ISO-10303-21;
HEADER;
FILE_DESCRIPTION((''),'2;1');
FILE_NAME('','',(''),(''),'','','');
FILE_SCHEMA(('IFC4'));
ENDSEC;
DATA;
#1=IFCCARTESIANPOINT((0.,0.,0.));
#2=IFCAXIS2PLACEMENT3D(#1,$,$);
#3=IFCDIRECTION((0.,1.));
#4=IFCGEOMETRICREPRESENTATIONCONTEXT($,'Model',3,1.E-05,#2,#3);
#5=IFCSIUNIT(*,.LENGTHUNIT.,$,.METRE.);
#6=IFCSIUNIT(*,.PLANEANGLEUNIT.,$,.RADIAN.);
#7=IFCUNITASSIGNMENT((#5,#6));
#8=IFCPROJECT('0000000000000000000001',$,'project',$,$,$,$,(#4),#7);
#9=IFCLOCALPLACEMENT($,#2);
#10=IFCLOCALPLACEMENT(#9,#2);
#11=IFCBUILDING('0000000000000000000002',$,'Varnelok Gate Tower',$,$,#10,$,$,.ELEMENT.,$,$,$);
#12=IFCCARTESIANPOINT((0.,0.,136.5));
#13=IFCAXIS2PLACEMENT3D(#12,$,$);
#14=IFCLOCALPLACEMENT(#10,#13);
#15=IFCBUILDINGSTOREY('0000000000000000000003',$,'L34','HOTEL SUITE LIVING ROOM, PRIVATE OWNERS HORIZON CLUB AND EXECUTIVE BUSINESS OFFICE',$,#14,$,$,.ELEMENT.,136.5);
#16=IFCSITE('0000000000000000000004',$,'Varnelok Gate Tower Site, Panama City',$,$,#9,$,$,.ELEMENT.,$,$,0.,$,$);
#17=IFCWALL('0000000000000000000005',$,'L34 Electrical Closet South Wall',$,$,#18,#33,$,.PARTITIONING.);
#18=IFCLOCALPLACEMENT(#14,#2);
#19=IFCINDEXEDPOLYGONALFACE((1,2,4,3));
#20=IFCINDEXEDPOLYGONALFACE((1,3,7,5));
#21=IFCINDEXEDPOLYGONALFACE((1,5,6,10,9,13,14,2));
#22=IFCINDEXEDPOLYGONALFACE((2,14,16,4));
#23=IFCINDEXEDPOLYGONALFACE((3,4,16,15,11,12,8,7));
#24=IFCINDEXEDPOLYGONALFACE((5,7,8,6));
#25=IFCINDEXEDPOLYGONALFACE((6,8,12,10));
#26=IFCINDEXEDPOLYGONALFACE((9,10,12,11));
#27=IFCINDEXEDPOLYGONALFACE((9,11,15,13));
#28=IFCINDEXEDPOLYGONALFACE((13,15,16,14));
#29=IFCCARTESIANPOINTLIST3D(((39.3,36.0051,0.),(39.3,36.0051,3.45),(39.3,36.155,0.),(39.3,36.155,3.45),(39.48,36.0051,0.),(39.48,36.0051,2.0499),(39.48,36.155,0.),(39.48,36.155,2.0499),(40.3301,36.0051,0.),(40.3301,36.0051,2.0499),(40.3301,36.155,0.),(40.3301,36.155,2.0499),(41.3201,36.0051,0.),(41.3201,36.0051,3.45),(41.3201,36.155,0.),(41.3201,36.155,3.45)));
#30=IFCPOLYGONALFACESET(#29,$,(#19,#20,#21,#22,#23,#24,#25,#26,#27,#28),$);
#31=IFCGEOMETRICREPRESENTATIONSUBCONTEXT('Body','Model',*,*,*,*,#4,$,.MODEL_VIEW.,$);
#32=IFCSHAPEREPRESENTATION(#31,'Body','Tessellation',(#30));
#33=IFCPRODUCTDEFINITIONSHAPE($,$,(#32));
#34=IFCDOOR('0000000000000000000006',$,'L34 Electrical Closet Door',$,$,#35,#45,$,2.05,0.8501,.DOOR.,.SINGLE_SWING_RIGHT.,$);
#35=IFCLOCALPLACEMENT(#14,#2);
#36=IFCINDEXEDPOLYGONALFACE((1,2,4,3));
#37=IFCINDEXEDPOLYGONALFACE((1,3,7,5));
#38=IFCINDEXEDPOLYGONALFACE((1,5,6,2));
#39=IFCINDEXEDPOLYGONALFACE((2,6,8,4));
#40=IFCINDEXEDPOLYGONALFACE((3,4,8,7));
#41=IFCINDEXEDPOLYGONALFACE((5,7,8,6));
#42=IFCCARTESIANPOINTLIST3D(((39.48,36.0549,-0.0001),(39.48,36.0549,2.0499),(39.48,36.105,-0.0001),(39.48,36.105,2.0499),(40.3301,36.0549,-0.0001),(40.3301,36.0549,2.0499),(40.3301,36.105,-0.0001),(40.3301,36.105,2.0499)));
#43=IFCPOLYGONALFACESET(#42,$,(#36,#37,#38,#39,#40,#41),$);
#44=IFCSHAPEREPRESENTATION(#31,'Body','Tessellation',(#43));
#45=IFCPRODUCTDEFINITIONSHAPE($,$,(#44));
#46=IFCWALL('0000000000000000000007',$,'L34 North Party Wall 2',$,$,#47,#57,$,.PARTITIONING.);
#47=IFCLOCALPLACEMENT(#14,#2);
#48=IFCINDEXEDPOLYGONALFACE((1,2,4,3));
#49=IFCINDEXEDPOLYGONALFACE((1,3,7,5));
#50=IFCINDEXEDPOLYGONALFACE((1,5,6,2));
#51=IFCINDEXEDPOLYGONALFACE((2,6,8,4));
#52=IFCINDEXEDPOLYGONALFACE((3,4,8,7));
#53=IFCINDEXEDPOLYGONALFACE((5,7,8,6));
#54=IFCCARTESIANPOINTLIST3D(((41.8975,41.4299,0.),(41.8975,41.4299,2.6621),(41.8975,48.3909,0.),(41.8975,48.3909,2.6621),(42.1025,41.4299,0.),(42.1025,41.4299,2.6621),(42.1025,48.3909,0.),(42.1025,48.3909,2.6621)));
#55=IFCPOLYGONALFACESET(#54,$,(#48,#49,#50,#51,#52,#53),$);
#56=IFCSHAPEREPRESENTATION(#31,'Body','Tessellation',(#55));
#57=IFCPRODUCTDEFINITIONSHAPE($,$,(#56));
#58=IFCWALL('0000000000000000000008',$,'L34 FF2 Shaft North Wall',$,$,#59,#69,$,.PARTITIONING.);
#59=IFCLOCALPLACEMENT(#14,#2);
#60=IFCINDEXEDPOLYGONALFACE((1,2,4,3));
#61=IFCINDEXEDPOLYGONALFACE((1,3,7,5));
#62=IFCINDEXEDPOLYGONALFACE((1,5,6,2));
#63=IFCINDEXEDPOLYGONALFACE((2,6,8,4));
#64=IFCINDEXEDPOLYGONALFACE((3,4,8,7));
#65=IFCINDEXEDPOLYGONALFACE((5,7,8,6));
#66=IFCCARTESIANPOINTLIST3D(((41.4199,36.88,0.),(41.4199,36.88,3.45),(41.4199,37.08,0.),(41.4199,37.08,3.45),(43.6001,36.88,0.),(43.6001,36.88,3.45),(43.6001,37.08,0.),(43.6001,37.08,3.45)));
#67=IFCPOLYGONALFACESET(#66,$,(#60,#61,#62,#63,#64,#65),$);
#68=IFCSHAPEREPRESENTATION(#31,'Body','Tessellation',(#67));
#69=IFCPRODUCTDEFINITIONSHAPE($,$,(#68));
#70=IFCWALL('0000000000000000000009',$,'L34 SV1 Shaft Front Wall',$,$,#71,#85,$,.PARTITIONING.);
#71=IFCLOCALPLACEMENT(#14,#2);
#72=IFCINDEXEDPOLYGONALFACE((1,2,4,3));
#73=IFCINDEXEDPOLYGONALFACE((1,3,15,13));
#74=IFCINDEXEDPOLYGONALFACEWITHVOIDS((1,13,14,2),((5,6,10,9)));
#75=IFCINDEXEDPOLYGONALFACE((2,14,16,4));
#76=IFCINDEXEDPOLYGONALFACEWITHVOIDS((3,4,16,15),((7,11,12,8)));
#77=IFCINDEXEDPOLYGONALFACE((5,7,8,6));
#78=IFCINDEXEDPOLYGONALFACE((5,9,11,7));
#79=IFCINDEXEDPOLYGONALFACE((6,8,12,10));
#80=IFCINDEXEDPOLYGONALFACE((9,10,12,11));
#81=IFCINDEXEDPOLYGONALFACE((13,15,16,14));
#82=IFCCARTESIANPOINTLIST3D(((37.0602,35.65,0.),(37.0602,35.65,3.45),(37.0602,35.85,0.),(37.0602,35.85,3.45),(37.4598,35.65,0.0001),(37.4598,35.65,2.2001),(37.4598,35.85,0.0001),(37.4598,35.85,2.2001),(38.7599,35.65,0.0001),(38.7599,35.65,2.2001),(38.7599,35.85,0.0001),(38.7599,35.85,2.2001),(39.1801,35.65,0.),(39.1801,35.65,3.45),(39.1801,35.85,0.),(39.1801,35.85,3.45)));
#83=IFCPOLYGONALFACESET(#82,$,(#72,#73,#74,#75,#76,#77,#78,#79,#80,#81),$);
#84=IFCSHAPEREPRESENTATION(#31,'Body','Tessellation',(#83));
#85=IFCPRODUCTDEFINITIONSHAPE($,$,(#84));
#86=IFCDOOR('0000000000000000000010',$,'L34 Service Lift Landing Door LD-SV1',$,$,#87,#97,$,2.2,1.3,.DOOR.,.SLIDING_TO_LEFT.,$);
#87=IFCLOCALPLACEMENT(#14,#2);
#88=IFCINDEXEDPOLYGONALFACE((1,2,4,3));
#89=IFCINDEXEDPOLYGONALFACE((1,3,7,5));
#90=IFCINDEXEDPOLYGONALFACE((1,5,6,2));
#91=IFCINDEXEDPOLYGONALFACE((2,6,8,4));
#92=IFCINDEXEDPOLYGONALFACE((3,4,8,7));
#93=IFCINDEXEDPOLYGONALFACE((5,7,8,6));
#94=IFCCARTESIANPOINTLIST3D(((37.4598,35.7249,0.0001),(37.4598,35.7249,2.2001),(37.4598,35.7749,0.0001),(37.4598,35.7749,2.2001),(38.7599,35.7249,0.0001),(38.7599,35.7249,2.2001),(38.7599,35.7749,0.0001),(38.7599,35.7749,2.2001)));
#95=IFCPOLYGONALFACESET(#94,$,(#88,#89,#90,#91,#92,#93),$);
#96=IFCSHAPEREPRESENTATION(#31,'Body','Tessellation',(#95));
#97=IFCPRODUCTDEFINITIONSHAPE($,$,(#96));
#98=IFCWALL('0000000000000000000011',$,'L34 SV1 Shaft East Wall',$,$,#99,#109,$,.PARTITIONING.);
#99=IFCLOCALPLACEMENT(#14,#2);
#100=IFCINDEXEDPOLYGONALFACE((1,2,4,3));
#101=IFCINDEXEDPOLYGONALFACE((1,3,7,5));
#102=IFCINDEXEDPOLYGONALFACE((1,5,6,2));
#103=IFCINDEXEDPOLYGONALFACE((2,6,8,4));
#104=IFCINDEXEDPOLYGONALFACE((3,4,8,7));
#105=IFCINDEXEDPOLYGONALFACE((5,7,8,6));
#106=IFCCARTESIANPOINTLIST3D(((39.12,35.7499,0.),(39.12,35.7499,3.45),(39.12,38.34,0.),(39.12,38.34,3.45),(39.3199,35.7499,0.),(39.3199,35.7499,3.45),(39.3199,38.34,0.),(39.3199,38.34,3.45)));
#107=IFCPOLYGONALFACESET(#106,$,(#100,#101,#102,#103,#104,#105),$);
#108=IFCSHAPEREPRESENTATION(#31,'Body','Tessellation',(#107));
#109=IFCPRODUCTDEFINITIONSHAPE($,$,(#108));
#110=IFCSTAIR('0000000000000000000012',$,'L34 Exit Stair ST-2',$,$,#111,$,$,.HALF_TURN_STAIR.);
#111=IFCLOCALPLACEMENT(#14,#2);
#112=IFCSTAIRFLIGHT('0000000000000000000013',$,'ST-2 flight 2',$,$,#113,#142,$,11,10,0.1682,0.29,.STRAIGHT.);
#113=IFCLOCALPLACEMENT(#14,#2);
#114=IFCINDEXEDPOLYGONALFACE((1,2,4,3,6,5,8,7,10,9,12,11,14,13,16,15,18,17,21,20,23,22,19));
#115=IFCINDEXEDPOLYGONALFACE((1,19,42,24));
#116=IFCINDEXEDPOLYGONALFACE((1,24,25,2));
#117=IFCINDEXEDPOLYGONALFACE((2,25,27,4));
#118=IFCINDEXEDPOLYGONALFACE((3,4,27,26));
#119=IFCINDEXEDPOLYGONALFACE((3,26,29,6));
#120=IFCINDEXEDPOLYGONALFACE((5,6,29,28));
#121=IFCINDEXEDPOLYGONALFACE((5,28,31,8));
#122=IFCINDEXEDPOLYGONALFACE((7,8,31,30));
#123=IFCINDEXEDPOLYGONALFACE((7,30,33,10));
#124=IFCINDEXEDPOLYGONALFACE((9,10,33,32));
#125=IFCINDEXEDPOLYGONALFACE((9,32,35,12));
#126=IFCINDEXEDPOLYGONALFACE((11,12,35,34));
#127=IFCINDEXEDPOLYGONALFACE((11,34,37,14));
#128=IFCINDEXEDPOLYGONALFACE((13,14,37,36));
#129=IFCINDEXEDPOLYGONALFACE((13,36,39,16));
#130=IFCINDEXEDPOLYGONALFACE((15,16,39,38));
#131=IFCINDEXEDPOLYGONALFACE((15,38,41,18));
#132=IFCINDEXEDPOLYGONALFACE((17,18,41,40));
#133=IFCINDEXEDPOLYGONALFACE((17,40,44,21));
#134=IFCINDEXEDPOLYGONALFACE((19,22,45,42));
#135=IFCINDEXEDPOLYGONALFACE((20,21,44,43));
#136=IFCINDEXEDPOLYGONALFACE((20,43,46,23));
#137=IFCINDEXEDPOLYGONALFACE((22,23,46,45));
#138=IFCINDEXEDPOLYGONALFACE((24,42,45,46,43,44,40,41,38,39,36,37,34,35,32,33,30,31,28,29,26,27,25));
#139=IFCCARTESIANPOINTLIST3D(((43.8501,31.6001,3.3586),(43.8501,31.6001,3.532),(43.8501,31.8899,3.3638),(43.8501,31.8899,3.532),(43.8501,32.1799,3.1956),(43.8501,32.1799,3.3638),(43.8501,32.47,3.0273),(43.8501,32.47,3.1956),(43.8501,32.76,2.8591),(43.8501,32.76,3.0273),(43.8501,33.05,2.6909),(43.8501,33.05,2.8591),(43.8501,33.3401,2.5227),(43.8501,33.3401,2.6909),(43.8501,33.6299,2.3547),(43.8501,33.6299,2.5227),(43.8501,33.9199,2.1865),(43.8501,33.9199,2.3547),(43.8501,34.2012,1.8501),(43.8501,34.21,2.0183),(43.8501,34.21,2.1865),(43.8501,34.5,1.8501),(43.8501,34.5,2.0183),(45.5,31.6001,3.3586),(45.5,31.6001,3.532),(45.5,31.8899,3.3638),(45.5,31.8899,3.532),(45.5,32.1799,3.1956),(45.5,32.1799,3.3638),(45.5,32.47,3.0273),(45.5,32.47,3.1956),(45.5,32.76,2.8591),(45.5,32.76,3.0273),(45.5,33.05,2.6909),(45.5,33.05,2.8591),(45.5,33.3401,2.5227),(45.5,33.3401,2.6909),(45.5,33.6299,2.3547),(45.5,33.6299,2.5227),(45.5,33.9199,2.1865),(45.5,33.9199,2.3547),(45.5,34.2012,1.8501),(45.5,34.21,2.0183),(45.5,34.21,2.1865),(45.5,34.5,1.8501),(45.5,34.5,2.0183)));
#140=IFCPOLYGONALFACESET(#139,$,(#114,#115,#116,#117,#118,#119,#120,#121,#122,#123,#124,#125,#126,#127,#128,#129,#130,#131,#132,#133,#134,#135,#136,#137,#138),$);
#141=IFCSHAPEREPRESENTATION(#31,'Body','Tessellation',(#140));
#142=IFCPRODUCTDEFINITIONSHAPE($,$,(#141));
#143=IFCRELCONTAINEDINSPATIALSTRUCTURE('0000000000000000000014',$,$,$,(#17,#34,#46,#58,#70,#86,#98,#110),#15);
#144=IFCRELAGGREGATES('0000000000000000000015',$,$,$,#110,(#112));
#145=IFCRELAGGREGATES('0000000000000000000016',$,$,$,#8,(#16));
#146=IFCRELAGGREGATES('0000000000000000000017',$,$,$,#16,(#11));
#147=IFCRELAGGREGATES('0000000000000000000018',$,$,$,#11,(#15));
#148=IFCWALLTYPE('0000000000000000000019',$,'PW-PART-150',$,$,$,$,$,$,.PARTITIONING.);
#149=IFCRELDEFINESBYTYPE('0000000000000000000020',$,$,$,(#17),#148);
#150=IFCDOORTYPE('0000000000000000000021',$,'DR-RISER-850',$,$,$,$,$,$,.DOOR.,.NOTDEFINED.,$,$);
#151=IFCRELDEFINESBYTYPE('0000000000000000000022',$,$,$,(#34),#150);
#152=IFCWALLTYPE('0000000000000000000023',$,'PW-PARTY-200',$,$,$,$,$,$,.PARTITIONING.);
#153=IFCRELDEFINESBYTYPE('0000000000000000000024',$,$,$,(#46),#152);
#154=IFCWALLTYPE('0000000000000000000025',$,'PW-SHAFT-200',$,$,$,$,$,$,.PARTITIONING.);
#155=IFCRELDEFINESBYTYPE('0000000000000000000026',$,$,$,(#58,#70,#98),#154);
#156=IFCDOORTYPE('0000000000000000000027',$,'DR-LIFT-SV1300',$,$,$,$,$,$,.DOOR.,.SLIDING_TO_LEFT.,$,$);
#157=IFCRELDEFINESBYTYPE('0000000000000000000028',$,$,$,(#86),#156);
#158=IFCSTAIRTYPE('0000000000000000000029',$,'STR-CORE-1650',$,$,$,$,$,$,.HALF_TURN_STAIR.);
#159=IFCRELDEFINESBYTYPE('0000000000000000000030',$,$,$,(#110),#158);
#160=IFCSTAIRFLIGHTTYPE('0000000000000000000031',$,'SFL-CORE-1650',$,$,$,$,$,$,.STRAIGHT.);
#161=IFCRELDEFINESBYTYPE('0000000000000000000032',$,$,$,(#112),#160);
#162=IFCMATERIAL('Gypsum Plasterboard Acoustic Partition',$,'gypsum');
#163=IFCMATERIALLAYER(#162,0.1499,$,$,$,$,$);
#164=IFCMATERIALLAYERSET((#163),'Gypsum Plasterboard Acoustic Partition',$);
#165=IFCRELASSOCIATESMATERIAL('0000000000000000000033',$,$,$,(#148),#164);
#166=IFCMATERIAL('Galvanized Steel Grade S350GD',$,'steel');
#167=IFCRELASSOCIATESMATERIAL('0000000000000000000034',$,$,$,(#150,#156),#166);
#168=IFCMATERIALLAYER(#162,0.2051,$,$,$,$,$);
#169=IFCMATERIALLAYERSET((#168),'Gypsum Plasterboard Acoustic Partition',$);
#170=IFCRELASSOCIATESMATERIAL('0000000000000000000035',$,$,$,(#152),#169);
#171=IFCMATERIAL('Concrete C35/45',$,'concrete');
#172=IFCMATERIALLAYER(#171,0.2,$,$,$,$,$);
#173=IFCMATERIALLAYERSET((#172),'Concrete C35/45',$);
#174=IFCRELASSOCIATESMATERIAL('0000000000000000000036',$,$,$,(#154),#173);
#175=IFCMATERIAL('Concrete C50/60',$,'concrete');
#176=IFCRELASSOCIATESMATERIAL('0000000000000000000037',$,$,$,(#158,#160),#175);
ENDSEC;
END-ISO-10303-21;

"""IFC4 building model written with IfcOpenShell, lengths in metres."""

from ifc_helpers import new_model, si_unit, direction, frame, frame_2d, origin, place, context, subcontext, project, spatial, polyline, rectangle, outline, extrude, material, layer, layer_set, type_object, element, fill, aggregate, save


model = new_model("IFC4")

# Units and contexts
model_context = context("Model", 3, precision=1e-05, world=origin(), true_north=direction((0.0, 1.0)))
body_context = subcontext(model_context, "Body", "Model", "MODEL_VIEW")
ifc_project = project(units=[si_unit("LENGTHUNIT", "METRE"), si_unit("PLANEANGLEUNIT", "RADIAN")], contexts=[model_context])

# Site, building, storey
site_placement = place(None, origin())
site = spatial("IfcSite", under=ifc_project, at=site_placement, Name="Varnelok Gate Tower Site, Panama City", CompositionType="ELEMENT", RefElevation=0.0)
building_placement = place(site_placement, origin())
building = spatial("IfcBuilding", under=site, at=building_placement, Name="Varnelok Gate Tower", CompositionType="ELEMENT")
storey_placement = place(building_placement, frame((0.0, 0.0, 136.5)))
storey = spatial("IfcBuildingStorey", under=building, at=storey_placement, Name="L34", Description="HOTEL SUITE LIVING ROOM, PRIVATE OWNERS HORIZON CLUB AND EXECUTIVE BUSINESS OFFICE", CompositionType="ELEMENT", Elevation=136.5)

# Wall, opening, door
ifc_material_1 = material(Name="Gypsum Plasterboard Acoustic Partition", Category="gypsum")
ifc_layer_1 = layer(ifc_material_1, 0.1499)
ifc_layer_set_1 = layer_set([ifc_layer_1], Name="Gypsum Plasterboard Acoustic Partition")
wall_type_1 = type_object("IfcWallType", Name="PW-PART-150", PredefinedType="PARTITIONING", material=ifc_layer_set_1)
wall_1_placement = place(storey_placement, frame((39.3, 36.0801, 0.0), z_axis=(0.0, 0.0, 1.0), x_axis=(1.0, 0.0, 0.0)))
wall_1 = element("IfcWall", 1, at=wall_1_placement, inside=storey, type_object=wall_type_1, Name="L34 Electrical Closet South Wall", PredefinedType="PARTITIONING", context=body_context, shape_type="SweptSolid", body=[
    extrude(rectangle(XDim=2.02, YDim=0.1499, at=frame_2d((1.01, 0.0))), origin(), (0.0, 0.0, 1.0), 3.45),
])
opening_1_placement = place(wall_1_placement, frame((0.1799, 0.0, 0.0)))
opening_1 = element("IfcOpeningElement", 2, at=opening_1_placement, cuts=wall_1, PredefinedType="OPENING", context=body_context, shape_type="SweptSolid", body=[
    extrude(rectangle(XDim=0.8501, YDim=2.05, at=frame_2d((0.425, 1.0249))), frame((0.0, 0.085, 0.0), z_axis=(0.0, -1.0, 0.0), x_axis=(1.0, 0.0, 0.0)), (0.0, 0.0, 1.0), 0.1699),
])
ifc_material_2 = material(Name="Galvanized Steel Grade S350GD", Category="steel")
door_type_1 = type_object("IfcDoorType", Name="DR-RISER-850", OperationType="NOTDEFINED", PredefinedType="DOOR", material=ifc_material_2)
door_1_placement = place(opening_1_placement, origin())
door_1 = element("IfcDoor", 3, at=door_1_placement, inside=storey, type_object=door_type_1, Name="L34 Electrical Closet Door", OperationType="SINGLE_SWING_RIGHT", OverallHeight=2.05, OverallWidth=0.8501, PredefinedType="DOOR", context=body_context, shape_type="SweptSolid", body=[
    extrude(rectangle(XDim=0.8501, YDim=2.05, at=frame_2d((0.425, 1.0249))), frame((0.0, 0.0249, 0.0), z_axis=(0.0, -1.0, 0.0), x_axis=(1.0, 0.0, 0.0)), (0.0, 0.0, 1.0), 0.05),
])
fill(opening_1, door_1)

# Walls
ifc_layer_2 = layer(ifc_material_1, 0.2051)
ifc_layer_set_2 = layer_set([ifc_layer_2], Name="Gypsum Plasterboard Acoustic Partition")
wall_type_2 = type_object("IfcWallType", Name="PW-PARTY-200", PredefinedType="PARTITIONING", material=ifc_layer_set_2)
wall_2_placement = place(storey_placement, frame((42.0, 41.4299, 0.0), z_axis=(0.0, 0.0, 1.0), x_axis=(0.0, 1.0, 0.0)))
element("IfcWall", 4, at=wall_2_placement, inside=storey, type_object=wall_type_2, Name="L34 North Party Wall 2", PredefinedType="PARTITIONING", context=body_context, shape_type="SweptSolid", body=[
    extrude(rectangle(XDim=6.9609, YDim=0.2051, at=frame_2d((3.4805, 0.0))), origin(), (0.0, 0.0, 1.0), 2.6621),
])
ifc_material_3 = material(Name="Concrete C35/45", Category="concrete")
ifc_layer_3 = layer(ifc_material_3, 0.2)
ifc_layer_set_3 = layer_set([ifc_layer_3], Name="Concrete C35/45")
wall_type_3 = type_object("IfcWallType", Name="PW-SHAFT-200", PredefinedType="PARTITIONING", material=ifc_layer_set_3)
wall_3_placement = place(storey_placement, frame((41.4199, 36.98, 0.0), z_axis=(0.0, 0.0, 1.0), x_axis=(1.0, 0.0, 0.0)))
element("IfcWall", 5, at=wall_3_placement, inside=storey, type_object=wall_type_3, Name="L34 FF2 Shaft North Wall", PredefinedType="PARTITIONING", context=body_context, shape_type="SweptSolid", body=[
    extrude(rectangle(XDim=2.1802, YDim=0.2, at=frame_2d((1.0901, 0.0))), origin(), (0.0, 0.0, 1.0), 3.45),
])

# Wall, opening, door
wall_4_placement = place(storey_placement, frame((37.0601, 35.75, 0.0), z_axis=(0.0, 0.0, 1.0), x_axis=(1.0, 0.0, 0.0)))
wall_4 = element("IfcWall", 6, at=wall_4_placement, inside=storey, type_object=wall_type_3, Name="L34 SV1 Shaft Front Wall", PredefinedType="PARTITIONING", context=body_context, shape_type="SweptSolid", body=[
    extrude(rectangle(XDim=2.1199, YDim=0.2, at=frame_2d((1.0601, 0.0))), origin(), (0.0, 0.0, 1.0), 3.45),
])
opening_2_placement = place(wall_4_placement, frame((0.3999, 0.0, 0.0)))
opening_2 = element("IfcOpeningElement", 7, at=opening_2_placement, cuts=wall_4, PredefinedType="OPENING", context=body_context, shape_type="SweptSolid", body=[
    extrude(rectangle(XDim=1.3, YDim=2.2, at=frame_2d((0.6499, 1.1001))), frame((0.0, 0.1099, 0.0), z_axis=(0.0, -1.0, 0.0), x_axis=(1.0, 0.0, 0.0)), (0.0, 0.0, 1.0), 0.22),
])
door_type_2 = type_object("IfcDoorType", Name="DR-LIFT-SV1300", OperationType="SLIDING_TO_LEFT", PredefinedType="DOOR", material=ifc_material_2)
door_2_placement = place(opening_2_placement, origin())
door_2 = element("IfcDoor", 8, at=door_2_placement, inside=storey, type_object=door_type_2, Name="L34 Service Lift Landing Door LD-SV1", OperationType="SLIDING_TO_LEFT", OverallHeight=2.2, OverallWidth=1.3, PredefinedType="DOOR", context=body_context, shape_type="SweptSolid", body=[
    extrude(rectangle(XDim=1.3, YDim=2.2, at=frame_2d((0.6499, 1.1001))), frame((0.0, 0.0249, 0.0), z_axis=(0.0, -1.0, 0.0), x_axis=(1.0, 0.0, 0.0)), (0.0, 0.0, 1.0), 0.05),
])
fill(opening_2, door_2)

# Wall
wall_5_placement = place(storey_placement, frame((39.22, 35.75, 0.0), z_axis=(0.0, 0.0, 1.0), x_axis=(0.0, 1.0, 0.0)))
element("IfcWall", 9, at=wall_5_placement, inside=storey, type_object=wall_type_3, Name="L34 SV1 Shaft East Wall", PredefinedType="PARTITIONING", context=body_context, shape_type="SweptSolid", body=[
    extrude(rectangle(XDim=2.5901, YDim=0.2, at=frame_2d((1.2949, 0.0))), origin(), (0.0, 0.0, 1.0), 3.45),
])

# Stair, stair flight
ifc_material_4 = material(Name="Concrete C50/60", Category="concrete")
stair_type = type_object("IfcStairType", Name="STR-CORE-1650", PredefinedType="HALF_TURN_STAIR", material=ifc_material_4)
stair_placement = place(storey_placement, origin())
stair = element("IfcStair", 10, at=stair_placement, inside=storey, type_object=stair_type, Name="L34 Exit Stair ST-2", PredefinedType="HALF_TURN_STAIR")
stair_flight_type = type_object("IfcStairFlightType", Name="SFL-CORE-1650", PredefinedType="STRAIGHT", material=ifc_material_4)
stair_flight_placement = place(storey_placement, frame((44.675, 34.5, 1.8501), z_axis=(0.0, 0.0, 1.0), x_axis=(0.0, -1.0, 0.0)))
stair_flight = element("IfcStairFlight", 11, at=stair_flight_placement, type_object=stair_flight_type, Name="ST-2 flight 2", NumberOfRisers=11, NumberOfTreads=10, PredefinedType="STRAIGHT", RiserHeight=0.1682, TreadLength=0.29, context=body_context, shape_type="SweptSolid", body=[
    extrude(outline(polyline([(0.0, 0.0), (0.0, 0.1682), (0.29, 0.1682), (0.29, 0.3364), (0.5801, 0.3364), (0.5801, 0.5046), (0.8701, 0.5046), (0.8701, 0.6726), (1.1599, 0.6726), (1.1599, 0.8408), (1.45, 0.8408), (1.45, 1.009), (1.74, 1.009), (1.74, 1.1772), (2.03, 1.1772), (2.03, 1.3455), (2.3201, 1.3455), (2.3201, 1.5137), (2.6101, 1.5137), (2.6101, 1.6819), (2.8999, 1.6819), (2.8999, 1.8501), (2.8999, 1.5085), (0.2988, 0.0), (0.0, 0.0)])), frame((0.0, 0.825, 0.0), z_axis=(0.0, -1.0, 0.0), x_axis=(1.0, 0.0, 0.0)), (0.0, 0.0, 1.0), 1.6499),
])
aggregate(stair, [stair_flight])

save(model, "model.ifc")
